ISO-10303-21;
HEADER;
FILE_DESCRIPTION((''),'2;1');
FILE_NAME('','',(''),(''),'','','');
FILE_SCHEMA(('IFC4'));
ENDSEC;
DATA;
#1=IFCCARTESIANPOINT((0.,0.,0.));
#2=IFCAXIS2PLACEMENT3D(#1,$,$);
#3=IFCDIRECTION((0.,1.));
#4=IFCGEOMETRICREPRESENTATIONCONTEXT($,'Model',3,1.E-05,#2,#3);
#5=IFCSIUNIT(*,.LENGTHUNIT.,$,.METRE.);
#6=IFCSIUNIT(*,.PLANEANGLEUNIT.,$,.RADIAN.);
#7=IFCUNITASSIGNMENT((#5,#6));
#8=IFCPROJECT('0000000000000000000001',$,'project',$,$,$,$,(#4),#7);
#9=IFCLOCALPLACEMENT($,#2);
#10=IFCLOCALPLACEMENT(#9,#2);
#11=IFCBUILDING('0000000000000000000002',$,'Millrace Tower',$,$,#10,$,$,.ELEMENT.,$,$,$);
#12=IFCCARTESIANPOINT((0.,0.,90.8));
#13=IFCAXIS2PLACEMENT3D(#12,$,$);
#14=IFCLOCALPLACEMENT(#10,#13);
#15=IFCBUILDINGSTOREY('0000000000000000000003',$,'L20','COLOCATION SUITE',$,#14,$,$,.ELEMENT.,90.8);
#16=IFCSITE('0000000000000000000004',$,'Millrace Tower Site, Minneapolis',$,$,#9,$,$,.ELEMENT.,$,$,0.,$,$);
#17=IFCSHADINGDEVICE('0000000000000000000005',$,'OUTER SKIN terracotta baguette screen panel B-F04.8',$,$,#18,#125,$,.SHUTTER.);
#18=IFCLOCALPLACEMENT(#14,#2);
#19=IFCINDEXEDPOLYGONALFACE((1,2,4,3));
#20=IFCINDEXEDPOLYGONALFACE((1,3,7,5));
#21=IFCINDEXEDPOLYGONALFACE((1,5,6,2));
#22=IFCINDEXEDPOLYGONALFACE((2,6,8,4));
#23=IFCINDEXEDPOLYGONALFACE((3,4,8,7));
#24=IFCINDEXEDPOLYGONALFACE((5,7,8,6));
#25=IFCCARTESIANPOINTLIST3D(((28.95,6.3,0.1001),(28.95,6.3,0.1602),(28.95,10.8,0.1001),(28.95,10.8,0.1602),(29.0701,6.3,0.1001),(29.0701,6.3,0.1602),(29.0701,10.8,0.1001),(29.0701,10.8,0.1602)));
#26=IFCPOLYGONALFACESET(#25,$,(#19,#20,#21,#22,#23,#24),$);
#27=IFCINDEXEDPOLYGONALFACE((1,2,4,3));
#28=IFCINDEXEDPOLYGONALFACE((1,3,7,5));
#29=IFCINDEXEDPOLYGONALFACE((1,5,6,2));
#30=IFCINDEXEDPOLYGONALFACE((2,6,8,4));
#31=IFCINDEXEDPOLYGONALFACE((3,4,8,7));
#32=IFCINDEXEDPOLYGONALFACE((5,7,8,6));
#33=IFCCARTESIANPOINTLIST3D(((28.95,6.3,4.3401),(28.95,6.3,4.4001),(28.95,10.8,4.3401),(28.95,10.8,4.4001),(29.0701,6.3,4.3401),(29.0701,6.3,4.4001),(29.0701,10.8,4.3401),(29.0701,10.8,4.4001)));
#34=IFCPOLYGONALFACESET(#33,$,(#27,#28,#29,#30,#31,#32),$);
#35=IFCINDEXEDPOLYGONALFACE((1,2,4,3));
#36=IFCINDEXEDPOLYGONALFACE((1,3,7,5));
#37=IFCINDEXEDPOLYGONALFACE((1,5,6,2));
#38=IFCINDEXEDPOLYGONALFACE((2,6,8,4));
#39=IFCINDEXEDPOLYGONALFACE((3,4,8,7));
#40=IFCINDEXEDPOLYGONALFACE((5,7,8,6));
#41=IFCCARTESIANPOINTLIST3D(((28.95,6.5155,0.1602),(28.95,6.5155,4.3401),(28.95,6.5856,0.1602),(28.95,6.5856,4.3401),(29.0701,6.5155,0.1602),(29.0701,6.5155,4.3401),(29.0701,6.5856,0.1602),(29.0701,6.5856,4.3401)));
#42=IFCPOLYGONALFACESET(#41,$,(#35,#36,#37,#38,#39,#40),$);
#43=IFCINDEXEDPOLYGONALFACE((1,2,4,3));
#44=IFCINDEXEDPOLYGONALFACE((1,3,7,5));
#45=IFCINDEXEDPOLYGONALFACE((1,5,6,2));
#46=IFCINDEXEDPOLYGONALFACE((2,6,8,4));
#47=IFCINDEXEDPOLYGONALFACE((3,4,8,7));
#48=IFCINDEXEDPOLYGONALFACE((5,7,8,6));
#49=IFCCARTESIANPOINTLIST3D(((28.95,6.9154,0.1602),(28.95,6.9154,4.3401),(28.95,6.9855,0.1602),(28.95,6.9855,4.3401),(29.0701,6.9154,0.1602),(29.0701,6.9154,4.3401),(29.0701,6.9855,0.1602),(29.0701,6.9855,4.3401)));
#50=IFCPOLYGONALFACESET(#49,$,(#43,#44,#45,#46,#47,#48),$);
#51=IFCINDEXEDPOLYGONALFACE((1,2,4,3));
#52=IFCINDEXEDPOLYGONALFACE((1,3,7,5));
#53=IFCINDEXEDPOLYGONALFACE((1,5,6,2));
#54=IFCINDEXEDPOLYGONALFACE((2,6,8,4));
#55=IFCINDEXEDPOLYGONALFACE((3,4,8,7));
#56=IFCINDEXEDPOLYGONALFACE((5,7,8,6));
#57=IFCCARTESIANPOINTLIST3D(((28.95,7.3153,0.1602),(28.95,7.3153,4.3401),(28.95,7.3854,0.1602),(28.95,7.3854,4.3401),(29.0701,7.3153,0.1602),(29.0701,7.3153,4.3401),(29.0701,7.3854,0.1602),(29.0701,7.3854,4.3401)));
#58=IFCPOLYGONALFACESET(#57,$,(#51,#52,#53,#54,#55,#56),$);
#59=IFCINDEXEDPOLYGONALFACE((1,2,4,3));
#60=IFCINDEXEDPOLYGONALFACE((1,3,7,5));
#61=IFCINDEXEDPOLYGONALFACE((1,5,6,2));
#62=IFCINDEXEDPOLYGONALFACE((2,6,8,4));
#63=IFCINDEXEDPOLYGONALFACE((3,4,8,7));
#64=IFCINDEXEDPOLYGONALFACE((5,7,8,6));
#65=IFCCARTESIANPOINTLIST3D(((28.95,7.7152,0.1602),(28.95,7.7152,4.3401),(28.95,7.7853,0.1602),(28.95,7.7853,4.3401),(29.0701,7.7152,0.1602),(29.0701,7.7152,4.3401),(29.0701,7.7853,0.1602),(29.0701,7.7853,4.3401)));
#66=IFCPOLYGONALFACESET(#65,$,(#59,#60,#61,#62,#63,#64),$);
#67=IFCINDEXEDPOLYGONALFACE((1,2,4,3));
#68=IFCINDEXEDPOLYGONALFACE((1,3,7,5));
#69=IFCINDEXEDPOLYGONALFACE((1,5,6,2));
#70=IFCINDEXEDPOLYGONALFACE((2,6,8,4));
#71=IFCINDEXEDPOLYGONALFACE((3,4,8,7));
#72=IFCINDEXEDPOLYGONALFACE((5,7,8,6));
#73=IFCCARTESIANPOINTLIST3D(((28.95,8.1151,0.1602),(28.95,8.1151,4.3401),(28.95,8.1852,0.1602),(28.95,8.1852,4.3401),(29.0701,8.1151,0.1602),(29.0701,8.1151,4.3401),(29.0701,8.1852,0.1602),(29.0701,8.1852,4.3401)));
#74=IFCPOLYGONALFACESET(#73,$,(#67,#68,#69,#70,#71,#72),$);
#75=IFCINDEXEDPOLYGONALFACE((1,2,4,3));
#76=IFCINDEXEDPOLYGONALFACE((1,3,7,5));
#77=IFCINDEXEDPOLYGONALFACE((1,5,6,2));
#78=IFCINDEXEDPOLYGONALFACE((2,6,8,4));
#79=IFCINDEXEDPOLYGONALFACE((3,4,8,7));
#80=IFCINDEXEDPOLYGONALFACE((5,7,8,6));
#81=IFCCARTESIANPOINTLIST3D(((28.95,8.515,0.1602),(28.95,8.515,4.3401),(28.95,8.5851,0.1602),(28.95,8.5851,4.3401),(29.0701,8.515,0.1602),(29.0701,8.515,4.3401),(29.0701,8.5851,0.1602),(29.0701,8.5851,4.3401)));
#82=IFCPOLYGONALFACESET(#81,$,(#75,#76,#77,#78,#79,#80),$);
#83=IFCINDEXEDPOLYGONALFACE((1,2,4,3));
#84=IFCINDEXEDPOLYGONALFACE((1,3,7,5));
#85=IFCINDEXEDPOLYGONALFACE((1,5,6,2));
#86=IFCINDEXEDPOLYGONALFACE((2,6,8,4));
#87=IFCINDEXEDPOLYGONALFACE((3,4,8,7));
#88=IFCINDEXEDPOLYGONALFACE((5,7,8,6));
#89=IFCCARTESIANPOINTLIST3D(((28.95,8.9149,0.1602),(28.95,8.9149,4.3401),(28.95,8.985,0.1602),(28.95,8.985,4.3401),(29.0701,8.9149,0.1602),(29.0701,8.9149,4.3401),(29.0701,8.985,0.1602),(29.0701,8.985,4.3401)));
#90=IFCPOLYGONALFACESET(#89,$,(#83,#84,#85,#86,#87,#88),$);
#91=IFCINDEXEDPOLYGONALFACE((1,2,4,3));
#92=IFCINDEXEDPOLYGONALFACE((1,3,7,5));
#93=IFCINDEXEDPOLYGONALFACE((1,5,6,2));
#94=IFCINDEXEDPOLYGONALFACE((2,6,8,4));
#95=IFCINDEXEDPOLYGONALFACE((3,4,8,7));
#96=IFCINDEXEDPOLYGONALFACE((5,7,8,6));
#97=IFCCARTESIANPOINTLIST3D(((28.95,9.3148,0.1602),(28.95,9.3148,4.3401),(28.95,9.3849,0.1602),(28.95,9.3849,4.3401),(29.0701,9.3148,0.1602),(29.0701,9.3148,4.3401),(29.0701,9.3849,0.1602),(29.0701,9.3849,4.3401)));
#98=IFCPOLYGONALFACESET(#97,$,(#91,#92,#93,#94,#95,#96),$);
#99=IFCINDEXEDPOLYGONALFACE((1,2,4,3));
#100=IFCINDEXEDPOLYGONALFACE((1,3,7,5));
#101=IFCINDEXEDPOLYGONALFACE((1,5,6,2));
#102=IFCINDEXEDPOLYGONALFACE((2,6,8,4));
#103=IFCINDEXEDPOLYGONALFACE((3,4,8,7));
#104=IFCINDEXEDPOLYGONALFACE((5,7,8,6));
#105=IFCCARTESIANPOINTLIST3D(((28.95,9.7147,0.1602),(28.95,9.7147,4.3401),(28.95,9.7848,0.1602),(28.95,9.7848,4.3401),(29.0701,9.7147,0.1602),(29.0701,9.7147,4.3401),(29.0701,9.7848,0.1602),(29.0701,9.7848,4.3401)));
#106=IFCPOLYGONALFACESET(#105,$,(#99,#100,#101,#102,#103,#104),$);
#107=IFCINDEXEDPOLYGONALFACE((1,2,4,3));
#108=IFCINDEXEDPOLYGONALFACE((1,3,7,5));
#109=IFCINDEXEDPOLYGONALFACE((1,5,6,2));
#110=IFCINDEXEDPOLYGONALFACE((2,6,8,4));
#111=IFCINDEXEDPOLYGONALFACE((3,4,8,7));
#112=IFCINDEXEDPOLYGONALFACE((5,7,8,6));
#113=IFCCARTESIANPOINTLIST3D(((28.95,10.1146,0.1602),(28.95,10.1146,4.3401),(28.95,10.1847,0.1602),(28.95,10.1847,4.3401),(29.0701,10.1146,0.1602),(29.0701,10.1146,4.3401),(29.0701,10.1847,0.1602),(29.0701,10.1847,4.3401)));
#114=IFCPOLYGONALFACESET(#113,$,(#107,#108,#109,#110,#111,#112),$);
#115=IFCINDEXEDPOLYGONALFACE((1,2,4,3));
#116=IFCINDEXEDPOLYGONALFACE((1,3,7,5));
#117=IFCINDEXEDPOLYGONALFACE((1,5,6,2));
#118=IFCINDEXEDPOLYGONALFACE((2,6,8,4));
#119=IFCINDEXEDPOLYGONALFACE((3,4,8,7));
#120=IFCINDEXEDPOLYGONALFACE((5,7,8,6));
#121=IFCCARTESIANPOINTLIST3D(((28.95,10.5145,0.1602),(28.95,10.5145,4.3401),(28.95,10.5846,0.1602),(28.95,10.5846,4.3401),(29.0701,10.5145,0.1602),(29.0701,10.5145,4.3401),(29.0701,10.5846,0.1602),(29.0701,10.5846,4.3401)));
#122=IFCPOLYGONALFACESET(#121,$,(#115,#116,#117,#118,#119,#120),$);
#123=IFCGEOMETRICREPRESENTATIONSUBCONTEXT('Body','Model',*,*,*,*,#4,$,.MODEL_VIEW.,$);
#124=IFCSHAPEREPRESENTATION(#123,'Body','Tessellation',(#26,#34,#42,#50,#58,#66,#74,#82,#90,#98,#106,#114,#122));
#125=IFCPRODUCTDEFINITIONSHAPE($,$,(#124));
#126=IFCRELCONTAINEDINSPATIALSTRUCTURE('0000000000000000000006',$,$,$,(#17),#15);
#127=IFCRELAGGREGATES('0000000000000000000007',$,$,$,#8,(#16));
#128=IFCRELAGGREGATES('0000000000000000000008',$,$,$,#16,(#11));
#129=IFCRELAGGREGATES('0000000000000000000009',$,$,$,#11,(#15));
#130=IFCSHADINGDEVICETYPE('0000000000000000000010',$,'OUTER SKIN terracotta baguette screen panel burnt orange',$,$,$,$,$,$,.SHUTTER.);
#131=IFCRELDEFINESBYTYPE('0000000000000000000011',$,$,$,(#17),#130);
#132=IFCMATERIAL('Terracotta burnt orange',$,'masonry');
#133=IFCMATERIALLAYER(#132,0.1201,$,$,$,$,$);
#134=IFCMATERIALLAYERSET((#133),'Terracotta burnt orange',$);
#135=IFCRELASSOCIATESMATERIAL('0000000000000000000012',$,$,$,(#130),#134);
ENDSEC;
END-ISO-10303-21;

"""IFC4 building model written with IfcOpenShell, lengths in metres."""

from ifc_helpers import new_model, entity, si_unit, direction, frame, frame_2d, origin, origin_2d, place, context, subcontext, project, spatial, rectangle, extrude, source, transform, mapped, material, layer, layer_set, type_object, element, save


model = new_model("IFC4")

# Units and contexts
model_context = context("Model", 3, precision=1e-05, world=origin(), true_north=direction((0.0, 1.0)))
body_context = subcontext(model_context, "Body", "Model", "MODEL_VIEW")
ifc_project = project(units=[si_unit("LENGTHUNIT", "METRE"), si_unit("PLANEANGLEUNIT", "RADIAN")], contexts=[model_context])

# Site, building, storey
site_placement = place(None, origin())
site = spatial("IfcSite", under=ifc_project, at=site_placement, Name="Millrace Tower Site, Minneapolis", CompositionType="ELEMENT", RefElevation=0.0)
building_placement = place(site_placement, origin())
building = spatial("IfcBuilding", under=site, at=building_placement, Name="Millrace Tower", CompositionType="ELEMENT")
storey_placement = place(building_placement, frame((0.0, 0.0, 90.8)))
storey = spatial("IfcBuildingStorey", under=building, at=storey_placement, Name="L20", Description="COLOCATION SUITE", CompositionType="ELEMENT", Elevation=90.8)

# Shading device
ifc_material_1 = material(Name="Terracotta burnt orange", Category="masonry")
ifc_layer_1 = layer(ifc_material_1, 0.1201)
ifc_layer_set_1 = layer_set([ifc_layer_1], Name="Terracotta burnt orange")
shading_device_type = type_object("IfcShadingDeviceType", Name="OUTER SKIN terracotta baguette screen panel burnt orange", PredefinedType="SHUTTER", material=ifc_layer_set_1)
cartesian_point = entity("IfcCartesianPoint", [-2.25, 0.0601])
shared_polyline = entity("IfcPolyline", [cartesian_point, entity("IfcCartesianPoint", [2.25, 0.0601]), entity("IfcCartesianPoint", [2.25, -0.0601]), entity("IfcCartesianPoint", [-2.25, -0.0601]), cartesian_point])
shared_shape = source(origin(), body_context, "Body", "SweptSolid", [
    entity("IfcExtrudedAreaSolid", entity("IfcArbitraryClosedProfileDef", "AREA", None, shared_polyline), entity("IfcAxis2Placement3D", entity("IfcCartesianPoint", [0.0, 0.0, 0.0])), entity("IfcDirection", [0.0, 0.0, 1.0]), 0.0601),
    entity("IfcExtrudedAreaSolid", entity("IfcArbitraryClosedProfileDef", "AREA", None, shared_polyline), entity("IfcAxis2Placement3D", entity("IfcCartesianPoint", [0.0, 0.0, 4.24])), entity("IfcDirection", [0.0, 0.0, 1.0]), 0.0601),
    extrude(rectangle(XDim=0.0701, YDim=0.1201, at=frame_2d((-1.9995, 0.0))), frame((0.0, 0.0, 0.0601)), (0.0, 0.0, 1.0), 4.1799),
    extrude(rectangle(XDim=0.0701, YDim=0.1201, at=frame_2d((-1.5996, 0.0))), frame((0.0, 0.0, 0.0601)), (0.0, 0.0, 1.0), 4.1799),
    extrude(rectangle(XDim=0.0701, YDim=0.1201, at=frame_2d((-1.1997, 0.0))), frame((0.0, 0.0, 0.0601)), (0.0, 0.0, 1.0), 4.1799),
    extrude(rectangle(XDim=0.0701, YDim=0.1201, at=frame_2d((-0.7998, 0.0))), frame((0.0, 0.0, 0.0601)), (0.0, 0.0, 1.0), 4.1799),
    extrude(rectangle(XDim=0.0701, YDim=0.1201, at=frame_2d((-0.3999, 0.0))), frame((0.0, 0.0, 0.0601)), (0.0, 0.0, 1.0), 4.1799),
    extrude(rectangle(XDim=0.0701, YDim=0.1201, at=origin_2d()), frame((0.0, 0.0, 0.0601)), (0.0, 0.0, 1.0), 4.1799),
    extrude(rectangle(XDim=0.0701, YDim=0.1201, at=frame_2d((0.3999, 0.0))), frame((0.0, 0.0, 0.0601)), (0.0, 0.0, 1.0), 4.1799),
    extrude(rectangle(XDim=0.0701, YDim=0.1201, at=frame_2d((0.7998, 0.0))), frame((0.0, 0.0, 0.0601)), (0.0, 0.0, 1.0), 4.1799),
    extrude(rectangle(XDim=0.0701, YDim=0.1201, at=frame_2d((1.1997, 0.0))), frame((0.0, 0.0, 0.0601)), (0.0, 0.0, 1.0), 4.1799),
    extrude(rectangle(XDim=0.0701, YDim=0.1201, at=frame_2d((1.5996, 0.0))), frame((0.0, 0.0, 0.0601)), (0.0, 0.0, 1.0), 4.1799),
    extrude(rectangle(XDim=0.0701, YDim=0.1201, at=frame_2d((1.9995, 0.0))), frame((0.0, 0.0, 0.0601)), (0.0, 0.0, 1.0), 4.1799),
])
for number, where, z_axis, x_axis, name in (
    (1, (29.01, 8.55, 0.1001), (0.0, 0.0, 1.0), (0.0, 1.0, 0.0), "OUTER SKIN terracotta baguette screen panel B-F04.8"),
):
    element("IfcShadingDevice", number, at=place(storey_placement, frame(where, z_axis=z_axis, x_axis=x_axis)), inside=storey, type_object=shading_device_type, Name=name, PredefinedType="SHUTTER", context=body_context, shape_type="MappedRepresentation", body=[
        mapped(shared_shape, transform((0.0, 0.0, 0.0), scale=1.0)),
    ])

save(model, "model.ifc")
